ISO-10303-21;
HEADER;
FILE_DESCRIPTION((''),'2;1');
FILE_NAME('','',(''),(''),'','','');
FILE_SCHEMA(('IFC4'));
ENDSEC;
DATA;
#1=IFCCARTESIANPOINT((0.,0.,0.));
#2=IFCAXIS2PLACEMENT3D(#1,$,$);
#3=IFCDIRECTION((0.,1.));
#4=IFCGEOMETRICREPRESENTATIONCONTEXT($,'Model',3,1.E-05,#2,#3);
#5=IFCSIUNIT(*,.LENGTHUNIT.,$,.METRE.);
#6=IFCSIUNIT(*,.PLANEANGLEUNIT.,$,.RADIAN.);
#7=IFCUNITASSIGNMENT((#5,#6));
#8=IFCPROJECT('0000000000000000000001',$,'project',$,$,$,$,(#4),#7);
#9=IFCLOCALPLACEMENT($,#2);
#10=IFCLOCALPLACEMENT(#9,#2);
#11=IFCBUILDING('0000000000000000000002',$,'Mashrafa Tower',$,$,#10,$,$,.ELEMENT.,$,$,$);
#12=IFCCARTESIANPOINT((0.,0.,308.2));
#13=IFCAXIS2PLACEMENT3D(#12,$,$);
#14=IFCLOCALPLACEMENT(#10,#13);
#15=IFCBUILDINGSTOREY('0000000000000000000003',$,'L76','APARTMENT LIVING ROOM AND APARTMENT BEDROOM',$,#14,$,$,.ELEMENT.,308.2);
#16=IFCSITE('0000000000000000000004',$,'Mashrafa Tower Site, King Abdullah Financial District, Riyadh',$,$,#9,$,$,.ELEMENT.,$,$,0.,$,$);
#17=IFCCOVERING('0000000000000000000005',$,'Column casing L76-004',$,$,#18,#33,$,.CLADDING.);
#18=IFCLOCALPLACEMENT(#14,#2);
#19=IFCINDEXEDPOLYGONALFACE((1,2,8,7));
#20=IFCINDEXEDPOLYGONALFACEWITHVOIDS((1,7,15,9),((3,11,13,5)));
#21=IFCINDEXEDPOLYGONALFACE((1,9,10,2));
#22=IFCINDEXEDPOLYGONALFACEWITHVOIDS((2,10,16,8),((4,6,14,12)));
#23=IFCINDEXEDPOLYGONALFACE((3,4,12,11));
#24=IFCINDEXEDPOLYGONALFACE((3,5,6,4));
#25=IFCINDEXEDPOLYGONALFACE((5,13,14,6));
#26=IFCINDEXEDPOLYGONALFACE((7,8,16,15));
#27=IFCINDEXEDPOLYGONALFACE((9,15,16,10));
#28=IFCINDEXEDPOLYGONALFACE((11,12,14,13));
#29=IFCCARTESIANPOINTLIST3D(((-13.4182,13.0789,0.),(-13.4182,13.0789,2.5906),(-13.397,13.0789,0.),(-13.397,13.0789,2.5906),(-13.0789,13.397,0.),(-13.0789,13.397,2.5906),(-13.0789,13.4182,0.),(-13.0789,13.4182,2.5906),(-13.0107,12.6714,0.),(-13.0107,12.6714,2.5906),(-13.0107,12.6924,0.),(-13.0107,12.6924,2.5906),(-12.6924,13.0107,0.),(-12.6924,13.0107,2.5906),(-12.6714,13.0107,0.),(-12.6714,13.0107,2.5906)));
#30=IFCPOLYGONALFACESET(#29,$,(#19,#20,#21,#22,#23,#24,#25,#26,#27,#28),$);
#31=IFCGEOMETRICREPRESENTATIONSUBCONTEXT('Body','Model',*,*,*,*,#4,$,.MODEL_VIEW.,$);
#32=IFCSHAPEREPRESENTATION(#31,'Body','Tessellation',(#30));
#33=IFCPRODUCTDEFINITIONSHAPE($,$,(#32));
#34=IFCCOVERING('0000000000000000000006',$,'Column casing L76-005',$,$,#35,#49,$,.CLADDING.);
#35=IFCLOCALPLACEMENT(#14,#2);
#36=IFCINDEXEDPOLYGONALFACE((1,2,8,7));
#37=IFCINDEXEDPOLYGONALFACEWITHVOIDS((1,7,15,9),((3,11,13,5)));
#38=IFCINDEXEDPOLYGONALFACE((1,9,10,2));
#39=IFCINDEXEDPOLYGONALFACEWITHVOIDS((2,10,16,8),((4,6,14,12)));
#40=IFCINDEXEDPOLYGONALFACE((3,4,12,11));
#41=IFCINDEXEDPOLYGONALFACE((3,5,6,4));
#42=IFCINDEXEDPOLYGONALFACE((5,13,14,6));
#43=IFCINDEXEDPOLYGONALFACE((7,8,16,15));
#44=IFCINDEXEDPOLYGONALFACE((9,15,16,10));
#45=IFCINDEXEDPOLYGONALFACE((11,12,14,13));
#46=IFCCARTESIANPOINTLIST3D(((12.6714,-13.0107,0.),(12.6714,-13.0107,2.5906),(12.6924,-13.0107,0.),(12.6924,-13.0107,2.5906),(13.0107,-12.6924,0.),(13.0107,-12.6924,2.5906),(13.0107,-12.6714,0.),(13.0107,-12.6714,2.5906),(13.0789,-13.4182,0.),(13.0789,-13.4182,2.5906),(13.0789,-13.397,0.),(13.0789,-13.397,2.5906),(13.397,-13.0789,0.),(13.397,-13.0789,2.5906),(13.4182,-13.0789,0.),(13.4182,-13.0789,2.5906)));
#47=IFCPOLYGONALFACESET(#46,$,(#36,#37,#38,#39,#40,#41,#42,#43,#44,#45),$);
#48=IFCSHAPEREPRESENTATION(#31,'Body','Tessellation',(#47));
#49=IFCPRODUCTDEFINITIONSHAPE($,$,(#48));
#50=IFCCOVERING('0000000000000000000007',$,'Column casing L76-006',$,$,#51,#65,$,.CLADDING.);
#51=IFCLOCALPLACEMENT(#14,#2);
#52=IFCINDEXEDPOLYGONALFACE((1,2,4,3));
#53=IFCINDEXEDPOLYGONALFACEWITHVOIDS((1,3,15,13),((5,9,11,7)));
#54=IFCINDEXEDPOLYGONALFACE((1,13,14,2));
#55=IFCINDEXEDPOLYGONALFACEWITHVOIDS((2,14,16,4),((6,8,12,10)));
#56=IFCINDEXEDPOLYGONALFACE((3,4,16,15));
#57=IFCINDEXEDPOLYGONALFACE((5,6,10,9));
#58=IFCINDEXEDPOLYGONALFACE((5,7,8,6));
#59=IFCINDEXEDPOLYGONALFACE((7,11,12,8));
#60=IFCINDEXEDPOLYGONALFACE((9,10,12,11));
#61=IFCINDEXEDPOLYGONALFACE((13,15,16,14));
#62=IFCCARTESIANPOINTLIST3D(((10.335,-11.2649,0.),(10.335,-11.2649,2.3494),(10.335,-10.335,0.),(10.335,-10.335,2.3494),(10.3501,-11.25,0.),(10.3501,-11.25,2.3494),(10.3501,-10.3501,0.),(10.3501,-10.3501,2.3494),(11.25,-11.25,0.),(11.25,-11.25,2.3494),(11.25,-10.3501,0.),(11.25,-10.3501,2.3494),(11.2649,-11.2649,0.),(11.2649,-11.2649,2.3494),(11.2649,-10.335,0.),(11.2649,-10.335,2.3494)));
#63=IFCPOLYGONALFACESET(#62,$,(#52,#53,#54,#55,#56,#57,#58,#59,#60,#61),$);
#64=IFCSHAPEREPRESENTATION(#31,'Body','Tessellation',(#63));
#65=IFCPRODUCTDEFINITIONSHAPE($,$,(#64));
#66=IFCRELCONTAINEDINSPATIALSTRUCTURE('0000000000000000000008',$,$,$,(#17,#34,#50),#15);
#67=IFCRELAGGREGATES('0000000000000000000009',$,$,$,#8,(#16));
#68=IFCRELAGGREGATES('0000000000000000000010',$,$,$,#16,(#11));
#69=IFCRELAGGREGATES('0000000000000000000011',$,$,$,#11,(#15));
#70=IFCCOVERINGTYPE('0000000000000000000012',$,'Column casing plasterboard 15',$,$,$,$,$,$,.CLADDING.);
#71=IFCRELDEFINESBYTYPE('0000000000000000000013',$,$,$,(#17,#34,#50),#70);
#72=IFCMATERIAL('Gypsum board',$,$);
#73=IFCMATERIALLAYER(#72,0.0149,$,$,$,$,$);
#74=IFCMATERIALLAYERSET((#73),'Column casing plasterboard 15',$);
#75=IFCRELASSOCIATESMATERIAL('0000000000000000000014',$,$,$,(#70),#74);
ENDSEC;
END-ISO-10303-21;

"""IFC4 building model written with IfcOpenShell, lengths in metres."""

from ifc_helpers import new_model, si_unit, direction, frame, origin, place, context, subcontext, project, spatial, polyline, outline, extrude, material, layer, layer_set, type_object, element, save


model = new_model("IFC4")

# Units and contexts
model_context = context("Model", 3, precision=1e-05, world=origin(), true_north=direction((0.0, 1.0)))
body_context = subcontext(model_context, "Body", "Model", "MODEL_VIEW")
ifc_project = project(units=[si_unit("LENGTHUNIT", "METRE"), si_unit("PLANEANGLEUNIT", "RADIAN")], contexts=[model_context])

# Site, building, storey
site_placement = place(None, origin())
site = spatial("IfcSite", under=ifc_project, at=site_placement, Name="Mashrafa Tower Site, King Abdullah Financial District, Riyadh", CompositionType="ELEMENT", RefElevation=0.0)
building_placement = place(site_placement, origin())
building = spatial("IfcBuilding", under=site, at=building_placement, Name="Mashrafa Tower", CompositionType="ELEMENT")
storey_placement = place(building_placement, frame((0.0, 0.0, 308.2)))
storey = spatial("IfcBuildingStorey", under=building, at=storey_placement, Name="L76", Description="APARTMENT LIVING ROOM AND APARTMENT BEDROOM", CompositionType="ELEMENT", Elevation=308.2)

# Coverings
ifc_material_1 = material(Name="Gypsum board")
ifc_layer_1 = layer(ifc_material_1, 0.0149)
ifc_layer_set_1 = layer_set([ifc_layer_1], Name="Column casing plasterboard 15")
covering_type = type_object("IfcCoveringType", Name="Column casing plasterboard 15", PredefinedType="CLADDING", material=ifc_layer_set_1)
covering_1_placement = place(storey_placement, origin())
element("IfcCovering", 1, at=covering_1_placement, inside=storey, type_object=covering_type, Name="Column casing L76-004", PredefinedType="CLADDING", context=body_context, shape_type="SweptSolid", body=[
    extrude(outline(polyline([(-13.4182, 13.0789), (-13.0789, 13.4182), (-12.6714, 13.0107), (-13.0107, 12.6714), (-13.4182, 13.0789)]), holes=[polyline([(-12.6924, 13.0107), (-13.0789, 13.397), (-13.397, 13.0789), (-13.0107, 12.6924), (-12.6924, 13.0107)])]), origin(), (0.0, 0.0, 1.0), 2.5906),
])
covering_2_placement = place(storey_placement, origin())
element("IfcCovering", 2, at=covering_2_placement, inside=storey, type_object=covering_type, Name="Column casing L76-005", PredefinedType="CLADDING", context=body_context, shape_type="SweptSolid", body=[
    extrude(outline(polyline([(12.6714, -13.0107), (13.0107, -12.6714), (13.4182, -13.0789), (13.0789, -13.4182), (12.6714, -13.0107)]), holes=[polyline([(13.397, -13.0789), (13.0107, -12.6924), (12.6924, -13.0107), (13.0789, -13.397), (13.397, -13.0789)])]), origin(), (0.0, 0.0, 1.0), 2.5906),
])
covering_3_placement = place(storey_placement, origin())
element("IfcCovering", 3, at=covering_3_placement, inside=storey, type_object=covering_type, Name="Column casing L76-006", PredefinedType="CLADDING", context=body_context, shape_type="SweptSolid", body=[
    extrude(outline(polyline([(10.335, -10.335), (11.2649, -10.335), (11.2649, -11.2649), (10.335, -11.2649), (10.335, -10.335)]), holes=[polyline([(11.25, -11.25), (11.25, -10.3501), (10.3501, -10.3501), (10.3501, -11.25), (11.25, -11.25)])]), origin(), (0.0, 0.0, 1.0), 2.3494),
])

save(model, "model.ifc")
